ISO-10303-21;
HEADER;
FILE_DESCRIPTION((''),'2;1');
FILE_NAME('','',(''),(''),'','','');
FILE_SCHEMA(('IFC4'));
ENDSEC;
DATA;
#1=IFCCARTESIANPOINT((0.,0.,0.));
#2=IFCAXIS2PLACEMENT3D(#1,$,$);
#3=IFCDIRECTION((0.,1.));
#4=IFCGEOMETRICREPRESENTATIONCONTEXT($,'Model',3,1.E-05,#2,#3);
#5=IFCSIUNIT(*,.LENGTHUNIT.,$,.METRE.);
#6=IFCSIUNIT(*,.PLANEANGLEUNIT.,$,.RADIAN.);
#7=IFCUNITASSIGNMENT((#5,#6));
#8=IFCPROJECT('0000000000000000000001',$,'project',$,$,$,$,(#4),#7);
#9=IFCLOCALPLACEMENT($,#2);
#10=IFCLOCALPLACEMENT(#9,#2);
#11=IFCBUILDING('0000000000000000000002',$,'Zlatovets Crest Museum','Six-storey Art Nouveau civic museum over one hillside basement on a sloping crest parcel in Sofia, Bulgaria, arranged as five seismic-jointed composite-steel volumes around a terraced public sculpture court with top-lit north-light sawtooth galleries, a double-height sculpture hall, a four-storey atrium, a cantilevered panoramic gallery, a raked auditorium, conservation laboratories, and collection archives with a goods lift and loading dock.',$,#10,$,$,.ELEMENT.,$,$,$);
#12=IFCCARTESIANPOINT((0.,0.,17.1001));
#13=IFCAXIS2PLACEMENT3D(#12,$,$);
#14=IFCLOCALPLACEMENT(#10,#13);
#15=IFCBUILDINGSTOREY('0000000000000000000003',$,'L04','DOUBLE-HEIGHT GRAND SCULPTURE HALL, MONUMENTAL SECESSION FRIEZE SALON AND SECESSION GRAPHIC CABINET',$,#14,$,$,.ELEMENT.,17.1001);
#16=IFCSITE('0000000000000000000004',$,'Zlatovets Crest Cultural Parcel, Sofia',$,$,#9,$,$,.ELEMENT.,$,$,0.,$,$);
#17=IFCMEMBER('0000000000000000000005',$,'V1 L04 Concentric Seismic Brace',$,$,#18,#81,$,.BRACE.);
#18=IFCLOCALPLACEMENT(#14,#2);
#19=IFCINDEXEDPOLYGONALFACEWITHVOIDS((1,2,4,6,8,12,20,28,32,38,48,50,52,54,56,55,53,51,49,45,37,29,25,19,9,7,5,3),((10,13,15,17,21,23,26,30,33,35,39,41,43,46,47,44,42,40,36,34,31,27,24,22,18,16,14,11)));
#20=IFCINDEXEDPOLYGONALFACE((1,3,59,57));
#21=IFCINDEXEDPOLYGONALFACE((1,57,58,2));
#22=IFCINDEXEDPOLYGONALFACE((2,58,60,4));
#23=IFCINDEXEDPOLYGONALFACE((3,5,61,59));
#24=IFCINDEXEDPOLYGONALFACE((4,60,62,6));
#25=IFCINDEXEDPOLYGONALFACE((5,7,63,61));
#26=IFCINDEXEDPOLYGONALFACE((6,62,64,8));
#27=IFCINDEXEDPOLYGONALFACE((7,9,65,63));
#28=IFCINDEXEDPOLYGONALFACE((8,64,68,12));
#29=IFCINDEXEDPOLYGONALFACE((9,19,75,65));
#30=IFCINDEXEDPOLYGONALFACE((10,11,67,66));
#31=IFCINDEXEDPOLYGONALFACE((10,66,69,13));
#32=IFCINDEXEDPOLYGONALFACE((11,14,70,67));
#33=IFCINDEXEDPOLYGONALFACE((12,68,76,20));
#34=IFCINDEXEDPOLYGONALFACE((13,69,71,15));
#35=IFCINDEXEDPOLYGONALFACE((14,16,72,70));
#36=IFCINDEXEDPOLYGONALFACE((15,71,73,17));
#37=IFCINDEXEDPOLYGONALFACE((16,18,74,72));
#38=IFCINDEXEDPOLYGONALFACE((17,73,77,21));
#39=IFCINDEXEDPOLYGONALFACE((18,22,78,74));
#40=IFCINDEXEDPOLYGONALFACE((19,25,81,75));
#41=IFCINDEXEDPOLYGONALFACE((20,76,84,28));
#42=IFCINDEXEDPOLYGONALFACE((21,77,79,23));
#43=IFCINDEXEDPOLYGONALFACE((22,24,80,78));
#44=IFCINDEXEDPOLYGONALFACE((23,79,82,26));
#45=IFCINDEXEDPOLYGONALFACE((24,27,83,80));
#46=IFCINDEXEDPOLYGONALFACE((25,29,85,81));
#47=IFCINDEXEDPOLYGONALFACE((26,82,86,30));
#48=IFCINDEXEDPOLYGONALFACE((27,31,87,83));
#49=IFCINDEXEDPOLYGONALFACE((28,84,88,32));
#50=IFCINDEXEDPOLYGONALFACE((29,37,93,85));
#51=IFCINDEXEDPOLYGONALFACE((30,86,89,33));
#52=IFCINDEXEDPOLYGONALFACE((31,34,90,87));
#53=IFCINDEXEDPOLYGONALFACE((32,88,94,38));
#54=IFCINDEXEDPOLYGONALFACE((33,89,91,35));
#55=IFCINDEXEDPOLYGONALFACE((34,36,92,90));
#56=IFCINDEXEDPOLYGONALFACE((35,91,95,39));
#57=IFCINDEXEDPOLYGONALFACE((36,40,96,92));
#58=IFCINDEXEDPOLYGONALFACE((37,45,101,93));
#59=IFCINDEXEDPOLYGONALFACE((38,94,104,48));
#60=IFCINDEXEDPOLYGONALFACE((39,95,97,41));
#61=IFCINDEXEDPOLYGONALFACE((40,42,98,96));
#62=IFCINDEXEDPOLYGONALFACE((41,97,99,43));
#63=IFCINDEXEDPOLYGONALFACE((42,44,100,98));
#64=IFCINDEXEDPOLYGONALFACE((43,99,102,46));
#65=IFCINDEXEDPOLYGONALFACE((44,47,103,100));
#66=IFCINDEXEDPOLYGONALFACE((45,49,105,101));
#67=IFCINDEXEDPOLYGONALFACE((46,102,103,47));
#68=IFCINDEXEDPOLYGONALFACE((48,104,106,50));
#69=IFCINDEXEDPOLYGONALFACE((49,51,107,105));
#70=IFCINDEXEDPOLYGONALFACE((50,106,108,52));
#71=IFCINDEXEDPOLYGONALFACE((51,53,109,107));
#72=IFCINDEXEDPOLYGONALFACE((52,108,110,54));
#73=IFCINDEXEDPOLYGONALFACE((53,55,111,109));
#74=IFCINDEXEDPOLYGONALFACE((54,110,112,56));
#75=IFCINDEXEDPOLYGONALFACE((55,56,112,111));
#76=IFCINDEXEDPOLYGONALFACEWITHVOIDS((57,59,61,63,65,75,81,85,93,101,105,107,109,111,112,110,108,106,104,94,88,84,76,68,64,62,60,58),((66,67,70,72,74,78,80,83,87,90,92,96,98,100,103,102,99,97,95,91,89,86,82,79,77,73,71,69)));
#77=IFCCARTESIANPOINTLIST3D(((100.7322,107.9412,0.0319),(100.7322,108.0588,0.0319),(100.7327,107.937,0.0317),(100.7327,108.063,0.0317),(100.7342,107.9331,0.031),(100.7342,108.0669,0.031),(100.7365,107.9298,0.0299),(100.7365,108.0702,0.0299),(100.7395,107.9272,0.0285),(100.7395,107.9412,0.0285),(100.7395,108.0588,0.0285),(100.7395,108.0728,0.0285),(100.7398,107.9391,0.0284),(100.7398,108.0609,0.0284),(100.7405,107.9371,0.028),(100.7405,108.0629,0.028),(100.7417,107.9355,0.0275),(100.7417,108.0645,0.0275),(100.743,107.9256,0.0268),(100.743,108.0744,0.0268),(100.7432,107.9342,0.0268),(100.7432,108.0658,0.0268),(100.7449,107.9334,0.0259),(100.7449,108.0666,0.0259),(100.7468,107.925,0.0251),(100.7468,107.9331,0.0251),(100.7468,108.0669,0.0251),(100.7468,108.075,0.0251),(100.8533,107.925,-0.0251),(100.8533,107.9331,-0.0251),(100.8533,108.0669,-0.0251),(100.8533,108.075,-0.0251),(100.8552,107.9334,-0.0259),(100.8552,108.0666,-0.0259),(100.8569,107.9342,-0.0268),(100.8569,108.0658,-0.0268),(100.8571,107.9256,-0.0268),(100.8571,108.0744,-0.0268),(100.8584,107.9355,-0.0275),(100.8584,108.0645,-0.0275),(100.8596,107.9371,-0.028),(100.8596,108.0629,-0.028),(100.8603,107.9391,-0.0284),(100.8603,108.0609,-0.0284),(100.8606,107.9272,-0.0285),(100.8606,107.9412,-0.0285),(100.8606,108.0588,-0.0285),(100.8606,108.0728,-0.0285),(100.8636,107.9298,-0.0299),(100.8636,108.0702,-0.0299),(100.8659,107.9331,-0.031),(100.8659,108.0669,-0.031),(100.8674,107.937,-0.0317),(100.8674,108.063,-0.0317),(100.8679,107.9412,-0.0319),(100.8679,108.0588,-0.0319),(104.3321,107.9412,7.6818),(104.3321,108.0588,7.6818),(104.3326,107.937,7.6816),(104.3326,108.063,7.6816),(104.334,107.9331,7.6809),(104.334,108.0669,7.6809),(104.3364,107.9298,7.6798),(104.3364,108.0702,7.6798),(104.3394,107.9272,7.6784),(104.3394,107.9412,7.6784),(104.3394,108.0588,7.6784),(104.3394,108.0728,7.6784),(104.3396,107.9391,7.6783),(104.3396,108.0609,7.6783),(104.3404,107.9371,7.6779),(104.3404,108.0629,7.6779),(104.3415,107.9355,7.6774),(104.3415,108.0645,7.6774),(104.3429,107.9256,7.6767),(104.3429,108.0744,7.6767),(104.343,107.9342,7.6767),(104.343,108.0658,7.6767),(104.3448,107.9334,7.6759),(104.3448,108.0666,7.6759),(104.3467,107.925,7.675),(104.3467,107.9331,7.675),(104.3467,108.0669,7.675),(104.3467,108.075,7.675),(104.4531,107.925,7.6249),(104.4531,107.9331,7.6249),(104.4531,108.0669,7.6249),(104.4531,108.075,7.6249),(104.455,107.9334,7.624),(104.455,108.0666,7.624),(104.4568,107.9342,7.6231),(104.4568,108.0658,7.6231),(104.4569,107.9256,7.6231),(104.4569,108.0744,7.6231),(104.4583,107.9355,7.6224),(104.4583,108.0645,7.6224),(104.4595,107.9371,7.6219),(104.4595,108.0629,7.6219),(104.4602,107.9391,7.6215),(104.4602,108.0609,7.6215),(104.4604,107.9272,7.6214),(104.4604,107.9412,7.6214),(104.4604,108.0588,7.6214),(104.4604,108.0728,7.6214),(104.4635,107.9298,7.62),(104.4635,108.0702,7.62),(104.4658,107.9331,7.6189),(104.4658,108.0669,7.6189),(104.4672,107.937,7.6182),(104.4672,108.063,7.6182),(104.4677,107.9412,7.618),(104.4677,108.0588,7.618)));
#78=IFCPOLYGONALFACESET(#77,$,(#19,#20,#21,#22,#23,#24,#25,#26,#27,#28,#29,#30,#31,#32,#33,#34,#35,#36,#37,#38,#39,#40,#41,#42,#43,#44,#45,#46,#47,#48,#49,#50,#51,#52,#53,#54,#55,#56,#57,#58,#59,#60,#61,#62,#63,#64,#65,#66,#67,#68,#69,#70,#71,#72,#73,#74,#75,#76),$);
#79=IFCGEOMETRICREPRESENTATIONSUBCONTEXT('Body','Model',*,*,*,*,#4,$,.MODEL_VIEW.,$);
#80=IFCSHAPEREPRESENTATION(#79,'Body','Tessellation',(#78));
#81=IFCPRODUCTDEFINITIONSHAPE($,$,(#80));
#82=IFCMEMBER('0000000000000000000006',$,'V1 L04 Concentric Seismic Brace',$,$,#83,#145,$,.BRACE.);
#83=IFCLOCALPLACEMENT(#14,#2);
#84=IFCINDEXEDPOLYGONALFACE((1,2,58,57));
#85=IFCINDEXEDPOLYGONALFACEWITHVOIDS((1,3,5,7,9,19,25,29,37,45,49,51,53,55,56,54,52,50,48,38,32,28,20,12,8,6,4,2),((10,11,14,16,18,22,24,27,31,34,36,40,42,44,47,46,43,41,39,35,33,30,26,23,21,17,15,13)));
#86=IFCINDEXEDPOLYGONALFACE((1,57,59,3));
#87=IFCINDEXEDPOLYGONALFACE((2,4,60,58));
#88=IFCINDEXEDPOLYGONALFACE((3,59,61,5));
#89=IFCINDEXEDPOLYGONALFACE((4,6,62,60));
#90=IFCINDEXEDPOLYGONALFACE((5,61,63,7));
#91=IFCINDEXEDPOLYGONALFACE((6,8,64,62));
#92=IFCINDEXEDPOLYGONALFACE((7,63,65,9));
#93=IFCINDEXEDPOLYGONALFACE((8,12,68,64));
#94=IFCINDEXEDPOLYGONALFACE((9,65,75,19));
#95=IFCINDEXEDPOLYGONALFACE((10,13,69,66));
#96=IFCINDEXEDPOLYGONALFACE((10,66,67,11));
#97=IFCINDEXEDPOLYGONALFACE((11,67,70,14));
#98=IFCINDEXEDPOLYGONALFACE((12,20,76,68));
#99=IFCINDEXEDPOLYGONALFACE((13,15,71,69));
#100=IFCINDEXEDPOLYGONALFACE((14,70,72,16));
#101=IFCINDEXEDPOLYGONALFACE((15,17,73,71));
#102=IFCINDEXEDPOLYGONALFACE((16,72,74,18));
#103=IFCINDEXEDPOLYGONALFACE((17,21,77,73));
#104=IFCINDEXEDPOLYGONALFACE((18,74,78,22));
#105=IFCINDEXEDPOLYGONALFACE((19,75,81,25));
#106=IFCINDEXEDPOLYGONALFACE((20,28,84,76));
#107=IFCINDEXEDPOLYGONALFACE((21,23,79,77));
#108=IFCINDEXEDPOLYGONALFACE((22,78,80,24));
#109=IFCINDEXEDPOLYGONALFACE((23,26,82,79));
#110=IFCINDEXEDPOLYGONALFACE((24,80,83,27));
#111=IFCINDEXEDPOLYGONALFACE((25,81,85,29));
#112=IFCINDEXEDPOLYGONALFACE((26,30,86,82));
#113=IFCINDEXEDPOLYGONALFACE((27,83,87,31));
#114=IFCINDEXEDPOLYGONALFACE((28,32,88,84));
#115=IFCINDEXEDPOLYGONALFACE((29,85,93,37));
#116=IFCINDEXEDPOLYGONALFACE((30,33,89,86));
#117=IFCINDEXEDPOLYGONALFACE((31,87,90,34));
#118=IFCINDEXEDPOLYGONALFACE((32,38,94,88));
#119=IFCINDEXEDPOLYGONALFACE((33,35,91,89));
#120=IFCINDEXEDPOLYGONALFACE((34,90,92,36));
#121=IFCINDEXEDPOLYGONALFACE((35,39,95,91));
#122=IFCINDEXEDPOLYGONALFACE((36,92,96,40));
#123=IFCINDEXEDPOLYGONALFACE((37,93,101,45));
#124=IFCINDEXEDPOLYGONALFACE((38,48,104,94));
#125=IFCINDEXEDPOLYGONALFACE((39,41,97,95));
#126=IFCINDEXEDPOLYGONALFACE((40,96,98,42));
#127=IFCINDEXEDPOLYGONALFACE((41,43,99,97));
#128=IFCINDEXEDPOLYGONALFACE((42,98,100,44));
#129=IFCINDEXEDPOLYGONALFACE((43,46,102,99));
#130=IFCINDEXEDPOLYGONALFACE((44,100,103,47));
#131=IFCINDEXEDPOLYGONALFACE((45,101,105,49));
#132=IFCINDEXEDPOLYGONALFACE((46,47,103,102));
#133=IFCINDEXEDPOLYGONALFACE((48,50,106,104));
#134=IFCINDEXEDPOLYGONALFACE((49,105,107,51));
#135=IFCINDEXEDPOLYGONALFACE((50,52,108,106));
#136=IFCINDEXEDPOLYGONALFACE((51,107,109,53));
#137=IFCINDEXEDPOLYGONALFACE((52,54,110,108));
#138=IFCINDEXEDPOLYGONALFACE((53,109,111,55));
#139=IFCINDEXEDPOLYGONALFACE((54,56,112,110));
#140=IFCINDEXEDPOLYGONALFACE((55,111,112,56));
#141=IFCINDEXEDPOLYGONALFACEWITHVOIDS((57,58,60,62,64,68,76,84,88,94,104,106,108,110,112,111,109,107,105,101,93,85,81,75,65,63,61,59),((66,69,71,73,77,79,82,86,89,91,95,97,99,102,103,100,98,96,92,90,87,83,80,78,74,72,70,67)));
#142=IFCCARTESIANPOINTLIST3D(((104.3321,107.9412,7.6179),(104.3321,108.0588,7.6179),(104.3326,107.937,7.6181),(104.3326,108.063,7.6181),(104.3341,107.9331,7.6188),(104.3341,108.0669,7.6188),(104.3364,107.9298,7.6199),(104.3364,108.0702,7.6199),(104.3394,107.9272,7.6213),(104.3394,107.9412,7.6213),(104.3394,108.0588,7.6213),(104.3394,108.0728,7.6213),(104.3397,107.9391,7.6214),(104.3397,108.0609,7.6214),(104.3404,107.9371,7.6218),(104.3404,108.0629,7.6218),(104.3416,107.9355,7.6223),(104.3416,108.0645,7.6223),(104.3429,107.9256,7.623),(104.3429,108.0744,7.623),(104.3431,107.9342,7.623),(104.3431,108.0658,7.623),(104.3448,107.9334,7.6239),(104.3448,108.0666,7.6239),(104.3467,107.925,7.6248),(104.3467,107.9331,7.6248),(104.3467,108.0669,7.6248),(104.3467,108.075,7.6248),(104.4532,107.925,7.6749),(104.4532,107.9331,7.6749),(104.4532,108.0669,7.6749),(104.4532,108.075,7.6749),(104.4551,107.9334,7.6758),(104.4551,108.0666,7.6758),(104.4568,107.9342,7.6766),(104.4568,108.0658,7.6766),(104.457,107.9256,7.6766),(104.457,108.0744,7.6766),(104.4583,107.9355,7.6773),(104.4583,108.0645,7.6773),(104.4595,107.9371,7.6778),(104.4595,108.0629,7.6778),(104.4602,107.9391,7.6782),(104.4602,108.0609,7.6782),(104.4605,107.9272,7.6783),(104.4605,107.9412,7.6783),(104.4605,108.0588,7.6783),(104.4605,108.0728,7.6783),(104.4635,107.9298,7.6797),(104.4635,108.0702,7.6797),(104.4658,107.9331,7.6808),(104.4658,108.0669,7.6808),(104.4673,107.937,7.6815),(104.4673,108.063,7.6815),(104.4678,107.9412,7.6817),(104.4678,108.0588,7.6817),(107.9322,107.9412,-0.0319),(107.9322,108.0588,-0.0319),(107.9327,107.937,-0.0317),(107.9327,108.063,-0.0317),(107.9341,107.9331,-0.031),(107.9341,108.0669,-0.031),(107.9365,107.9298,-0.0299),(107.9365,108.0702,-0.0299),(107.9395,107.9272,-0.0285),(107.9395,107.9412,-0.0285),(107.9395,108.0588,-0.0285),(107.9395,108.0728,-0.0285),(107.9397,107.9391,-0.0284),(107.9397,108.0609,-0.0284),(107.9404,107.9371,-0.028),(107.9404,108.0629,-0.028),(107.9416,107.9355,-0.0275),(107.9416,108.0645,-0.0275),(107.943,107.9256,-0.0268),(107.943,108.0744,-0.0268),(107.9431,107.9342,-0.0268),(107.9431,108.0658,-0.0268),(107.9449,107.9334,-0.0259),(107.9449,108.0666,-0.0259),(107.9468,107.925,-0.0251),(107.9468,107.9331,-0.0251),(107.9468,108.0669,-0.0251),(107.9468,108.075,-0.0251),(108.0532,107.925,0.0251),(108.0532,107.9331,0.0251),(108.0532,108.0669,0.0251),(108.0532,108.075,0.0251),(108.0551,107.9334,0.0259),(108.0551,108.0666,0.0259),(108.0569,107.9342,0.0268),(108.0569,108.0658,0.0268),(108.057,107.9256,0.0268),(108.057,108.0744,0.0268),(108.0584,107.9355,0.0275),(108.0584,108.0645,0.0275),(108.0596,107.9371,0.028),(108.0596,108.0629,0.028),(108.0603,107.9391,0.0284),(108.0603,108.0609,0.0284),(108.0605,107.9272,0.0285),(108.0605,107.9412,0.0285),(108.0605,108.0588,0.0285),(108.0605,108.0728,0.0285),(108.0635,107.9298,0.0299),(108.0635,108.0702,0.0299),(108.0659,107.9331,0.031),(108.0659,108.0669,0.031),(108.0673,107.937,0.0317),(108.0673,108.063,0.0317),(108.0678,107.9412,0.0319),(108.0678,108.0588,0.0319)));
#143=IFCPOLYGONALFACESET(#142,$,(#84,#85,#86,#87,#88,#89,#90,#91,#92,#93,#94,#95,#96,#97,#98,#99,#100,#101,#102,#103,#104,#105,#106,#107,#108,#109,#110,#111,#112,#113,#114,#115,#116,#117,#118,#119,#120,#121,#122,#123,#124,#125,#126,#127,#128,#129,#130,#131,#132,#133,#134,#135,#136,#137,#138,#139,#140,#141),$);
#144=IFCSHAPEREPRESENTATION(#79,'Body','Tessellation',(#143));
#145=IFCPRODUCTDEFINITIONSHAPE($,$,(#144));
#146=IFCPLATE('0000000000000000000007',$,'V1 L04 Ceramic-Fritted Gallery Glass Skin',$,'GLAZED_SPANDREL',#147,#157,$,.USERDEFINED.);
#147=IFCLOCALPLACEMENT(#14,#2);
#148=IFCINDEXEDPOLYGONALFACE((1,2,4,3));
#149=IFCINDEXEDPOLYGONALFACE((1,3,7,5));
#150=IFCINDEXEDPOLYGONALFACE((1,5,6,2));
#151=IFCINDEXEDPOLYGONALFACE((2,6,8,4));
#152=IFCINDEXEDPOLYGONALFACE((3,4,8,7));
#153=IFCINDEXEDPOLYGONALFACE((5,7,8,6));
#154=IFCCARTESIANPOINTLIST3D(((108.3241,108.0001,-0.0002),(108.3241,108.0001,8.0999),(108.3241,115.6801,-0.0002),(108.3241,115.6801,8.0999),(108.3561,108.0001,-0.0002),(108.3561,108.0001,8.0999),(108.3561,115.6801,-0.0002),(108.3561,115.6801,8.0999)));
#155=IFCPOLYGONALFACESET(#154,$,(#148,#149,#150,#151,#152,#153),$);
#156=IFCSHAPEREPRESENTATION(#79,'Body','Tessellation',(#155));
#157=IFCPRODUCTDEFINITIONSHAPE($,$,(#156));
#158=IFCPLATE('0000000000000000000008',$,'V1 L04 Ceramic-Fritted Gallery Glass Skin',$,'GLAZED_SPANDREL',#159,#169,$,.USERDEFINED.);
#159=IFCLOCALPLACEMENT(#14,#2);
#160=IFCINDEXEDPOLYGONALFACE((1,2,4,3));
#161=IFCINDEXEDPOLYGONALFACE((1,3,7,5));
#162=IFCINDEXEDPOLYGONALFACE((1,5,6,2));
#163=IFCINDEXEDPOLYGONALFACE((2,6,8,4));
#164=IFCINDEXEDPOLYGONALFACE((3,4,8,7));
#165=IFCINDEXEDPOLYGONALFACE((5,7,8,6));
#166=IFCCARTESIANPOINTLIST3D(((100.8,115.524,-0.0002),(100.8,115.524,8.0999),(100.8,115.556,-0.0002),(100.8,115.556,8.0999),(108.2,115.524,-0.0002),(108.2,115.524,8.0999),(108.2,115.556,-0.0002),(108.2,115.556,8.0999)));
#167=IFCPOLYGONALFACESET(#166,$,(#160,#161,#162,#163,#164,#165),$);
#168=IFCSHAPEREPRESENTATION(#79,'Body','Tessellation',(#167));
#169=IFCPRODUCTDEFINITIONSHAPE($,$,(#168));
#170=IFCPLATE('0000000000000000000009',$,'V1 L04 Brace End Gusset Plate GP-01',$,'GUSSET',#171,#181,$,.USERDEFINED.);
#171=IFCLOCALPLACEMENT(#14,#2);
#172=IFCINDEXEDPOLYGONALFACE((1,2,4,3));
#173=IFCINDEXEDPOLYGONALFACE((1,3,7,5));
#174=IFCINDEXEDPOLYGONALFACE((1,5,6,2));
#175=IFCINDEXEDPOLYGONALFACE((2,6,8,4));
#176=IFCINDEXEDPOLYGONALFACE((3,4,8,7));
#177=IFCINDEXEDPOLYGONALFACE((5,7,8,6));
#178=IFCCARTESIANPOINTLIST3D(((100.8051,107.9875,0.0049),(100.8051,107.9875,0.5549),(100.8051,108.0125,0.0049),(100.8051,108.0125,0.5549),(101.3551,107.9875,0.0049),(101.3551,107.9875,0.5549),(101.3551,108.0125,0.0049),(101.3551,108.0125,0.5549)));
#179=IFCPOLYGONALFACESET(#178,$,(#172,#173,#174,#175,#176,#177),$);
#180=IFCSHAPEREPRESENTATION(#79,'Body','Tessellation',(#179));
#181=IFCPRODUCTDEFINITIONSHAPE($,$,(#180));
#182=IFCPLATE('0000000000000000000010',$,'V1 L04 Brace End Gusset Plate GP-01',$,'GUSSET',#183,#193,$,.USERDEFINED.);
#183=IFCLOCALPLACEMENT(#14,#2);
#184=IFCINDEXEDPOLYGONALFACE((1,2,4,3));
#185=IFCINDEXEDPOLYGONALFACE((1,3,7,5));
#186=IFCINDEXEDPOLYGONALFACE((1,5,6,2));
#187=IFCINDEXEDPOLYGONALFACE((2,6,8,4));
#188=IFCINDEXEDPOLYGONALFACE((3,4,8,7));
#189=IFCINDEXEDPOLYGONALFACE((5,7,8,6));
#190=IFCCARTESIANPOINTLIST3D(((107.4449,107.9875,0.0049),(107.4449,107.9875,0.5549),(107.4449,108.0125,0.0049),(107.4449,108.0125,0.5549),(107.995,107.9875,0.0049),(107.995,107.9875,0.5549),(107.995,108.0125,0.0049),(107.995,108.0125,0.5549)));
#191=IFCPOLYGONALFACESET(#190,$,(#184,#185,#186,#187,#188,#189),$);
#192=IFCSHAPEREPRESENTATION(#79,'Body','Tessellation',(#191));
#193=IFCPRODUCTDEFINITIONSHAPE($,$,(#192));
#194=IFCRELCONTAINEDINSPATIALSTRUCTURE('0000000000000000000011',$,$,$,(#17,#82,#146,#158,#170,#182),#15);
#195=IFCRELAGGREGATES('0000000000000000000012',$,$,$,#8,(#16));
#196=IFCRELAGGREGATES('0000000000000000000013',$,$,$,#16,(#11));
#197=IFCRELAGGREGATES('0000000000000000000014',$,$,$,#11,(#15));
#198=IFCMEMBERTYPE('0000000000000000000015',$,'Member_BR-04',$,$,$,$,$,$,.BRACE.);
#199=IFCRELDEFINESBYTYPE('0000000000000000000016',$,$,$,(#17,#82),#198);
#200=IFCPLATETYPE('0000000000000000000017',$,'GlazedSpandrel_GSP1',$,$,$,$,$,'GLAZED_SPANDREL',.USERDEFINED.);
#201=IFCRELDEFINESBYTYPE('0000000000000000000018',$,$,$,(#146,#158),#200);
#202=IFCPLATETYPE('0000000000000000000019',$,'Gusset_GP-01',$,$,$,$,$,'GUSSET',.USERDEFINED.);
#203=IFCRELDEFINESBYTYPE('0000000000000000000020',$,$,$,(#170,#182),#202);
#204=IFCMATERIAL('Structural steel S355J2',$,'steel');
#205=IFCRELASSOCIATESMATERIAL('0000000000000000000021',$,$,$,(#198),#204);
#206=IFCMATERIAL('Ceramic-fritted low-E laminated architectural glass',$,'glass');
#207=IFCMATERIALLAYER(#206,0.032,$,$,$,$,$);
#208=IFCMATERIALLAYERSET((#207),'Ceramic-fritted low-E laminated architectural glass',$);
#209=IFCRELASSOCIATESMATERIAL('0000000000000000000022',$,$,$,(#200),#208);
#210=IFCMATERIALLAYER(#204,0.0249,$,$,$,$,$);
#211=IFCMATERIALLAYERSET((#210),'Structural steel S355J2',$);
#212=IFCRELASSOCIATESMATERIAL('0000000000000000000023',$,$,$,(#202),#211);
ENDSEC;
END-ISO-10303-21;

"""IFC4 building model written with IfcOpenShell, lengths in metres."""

from ifc_helpers import new_model, si_unit, direction, frame, origin, origin_2d, place, context, subcontext, project, spatial, rectangle, hollow_rectangle, extrude, material, layer, layer_set, material_profile, profile_set, type_object, element, save


model = new_model("IFC4")

# Units and contexts
model_context = context("Model", 3, precision=1e-05, world=origin(), true_north=direction((0.0, 1.0)))
body_context = subcontext(model_context, "Body", "Model", "MODEL_VIEW")
ifc_project = project(units=[si_unit("LENGTHUNIT", "METRE"), si_unit("PLANEANGLEUNIT", "RADIAN")], contexts=[model_context])

# Site, building, storey
site_placement = place(None, origin())
site = spatial("IfcSite", under=ifc_project, at=site_placement, Name="Zlatovets Crest Cultural Parcel, Sofia", CompositionType="ELEMENT", RefElevation=0.0)
building_placement = place(site_placement, origin())
building = spatial("IfcBuilding", under=site, at=building_placement, Name="Zlatovets Crest Museum", Description="Six-storey Art Nouveau civic museum over one hillside basement on a sloping crest parcel in Sofia, Bulgaria, arranged as five seismic-jointed composite-steel volumes around a terraced public sculpture court with top-lit north-light sawtooth galleries, a double-height sculpture hall, a four-storey atrium, a cantilevered panoramic gallery, a raked auditorium, conservation laboratories, and collection archives with a goods lift and loading dock.", CompositionType="ELEMENT")
storey_placement = place(building_placement, frame((0.0, 0.0, 17.1001)))
storey = spatial("IfcBuildingStorey", under=building, at=storey_placement, Name="L04", Description="DOUBLE-HEIGHT GRAND SCULPTURE HALL, MONUMENTAL SECESSION FRIEZE SALON AND SECESSION GRAPHIC CABINET", CompositionType="ELEMENT", Elevation=17.1001)

# Shared definitions
ifc_material_1 = material(Name="Structural steel S355J2", Category="steel")

# Members
ifc_material_profile_1 = material_profile(ifc_material_1, hollow_rectangle(XDim=0.1499, YDim=0.1499, WallThickness=0.0081, InnerFilletRadius=0.0081, OuterFilletRadius=0.0161, at=origin_2d()), Name="SHS 150x150x8.0")
ifc_profile_set_1 = profile_set([ifc_material_profile_1], Name="Structural steel S355J2")
member_type_1 = type_object("IfcMemberType", Name="Member_BR-04", PredefinedType="BRACE", material=ifc_profile_set_1)
for number, where, z_axis, x_axis, name in (
    (1, (100.8, 108.0, 0.0), (0.425787, 0.0, 0.904823), (0.0, 1.0, 0.0), "V1 L04 Concentric Seismic Brace"),
    (2, (108.0, 108.0, 0.0), (-0.425811, 0.0, 0.904812), (0.0, -1.0, 0.0), "V1 L04 Concentric Seismic Brace"),
):
    element("IfcMember", number, at=place(storey_placement, frame(where, z_axis=z_axis, x_axis=x_axis)), inside=storey, type_object=member_type_1, Name=name, PredefinedType="BRACE", context=body_context, shape_type="SweptSolid", body=[
        extrude(hollow_rectangle(XDim=0.1499, YDim=0.1499, WallThickness=0.0081, InnerFilletRadius=0.0081, OuterFilletRadius=0.0161, at=origin_2d()), origin(), (0.0, 0.0, 1.0), 8.4546),
    ])

# Plates
ifc_material_2 = material(Name="Ceramic-fritted low-E laminated architectural glass", Category="glass")
ifc_layer_1 = layer(ifc_material_2, 0.032)
ifc_layer_set_1 = layer_set([ifc_layer_1], Name="Ceramic-fritted low-E laminated architectural glass")
plate_type_1 = type_object("IfcPlateType", Name="GlazedSpandrel_GSP1", ElementType="GLAZED_SPANDREL", PredefinedType="USERDEFINED", material=ifc_layer_set_1)
plate_1_placement = place(storey_placement, frame((108.3401, 111.8401, -0.0002), z_axis=(0.0, 0.0, 1.0), x_axis=(0.0, 1.0, 0.0)))
element("IfcPlate", 3, at=plate_1_placement, inside=storey, type_object=plate_type_1, Name="V1 L04 Ceramic-Fritted Gallery Glass Skin", ObjectType="GLAZED_SPANDREL", PredefinedType="USERDEFINED", context=body_context, shape_type="SweptSolid", body=[
    extrude(rectangle(XDim=7.6799, YDim=0.032, at=origin_2d()), origin(), (0.0, 0.0, 1.0), 8.1001),
])
plate_2_placement = place(storey_placement, frame((104.5, 115.54, -0.0002), z_axis=(0.0, 0.0, 1.0), x_axis=(1.0, 0.0, 0.0)))
element("IfcPlate", 4, at=plate_2_placement, inside=storey, type_object=plate_type_1, Name="V1 L04 Ceramic-Fritted Gallery Glass Skin", ObjectType="GLAZED_SPANDREL", PredefinedType="USERDEFINED", context=body_context, shape_type="SweptSolid", body=[
    extrude(rectangle(XDim=7.3999, YDim=0.032, at=origin_2d()), origin(), (0.0, 0.0, 1.0), 8.1001),
])
ifc_layer_2 = layer(ifc_material_1, 0.0249)
ifc_layer_set_2 = layer_set([ifc_layer_2], Name="Structural steel S355J2")
plate_type_2 = type_object("IfcPlateType", Name="Gusset_GP-01", ElementType="GUSSET", PredefinedType="USERDEFINED", material=ifc_layer_set_2)
for number, where, z_axis, x_axis, name in (
    (5, (101.0801, 108.0, 0.0049), (0.0, 0.0, 1.0), (1.0, 0.0, 0.0), "V1 L04 Brace End Gusset Plate GP-01"),
    (6, (107.72, 108.0, 0.0049), (0.0, 0.0, 1.0), (1.0, 0.0, 0.0), "V1 L04 Brace End Gusset Plate GP-01"),
):
    element("IfcPlate", number, at=place(storey_placement, frame(where, z_axis=z_axis, x_axis=x_axis)), inside=storey, type_object=plate_type_2, Name=name, ObjectType="GUSSET", PredefinedType="USERDEFINED", context=body_context, shape_type="SweptSolid", body=[
        extrude(rectangle(XDim=0.55, YDim=0.0249, at=origin_2d()), origin(), (0.0, 0.0, 1.0), 0.55),
    ])

save(model, "model.ifc")
